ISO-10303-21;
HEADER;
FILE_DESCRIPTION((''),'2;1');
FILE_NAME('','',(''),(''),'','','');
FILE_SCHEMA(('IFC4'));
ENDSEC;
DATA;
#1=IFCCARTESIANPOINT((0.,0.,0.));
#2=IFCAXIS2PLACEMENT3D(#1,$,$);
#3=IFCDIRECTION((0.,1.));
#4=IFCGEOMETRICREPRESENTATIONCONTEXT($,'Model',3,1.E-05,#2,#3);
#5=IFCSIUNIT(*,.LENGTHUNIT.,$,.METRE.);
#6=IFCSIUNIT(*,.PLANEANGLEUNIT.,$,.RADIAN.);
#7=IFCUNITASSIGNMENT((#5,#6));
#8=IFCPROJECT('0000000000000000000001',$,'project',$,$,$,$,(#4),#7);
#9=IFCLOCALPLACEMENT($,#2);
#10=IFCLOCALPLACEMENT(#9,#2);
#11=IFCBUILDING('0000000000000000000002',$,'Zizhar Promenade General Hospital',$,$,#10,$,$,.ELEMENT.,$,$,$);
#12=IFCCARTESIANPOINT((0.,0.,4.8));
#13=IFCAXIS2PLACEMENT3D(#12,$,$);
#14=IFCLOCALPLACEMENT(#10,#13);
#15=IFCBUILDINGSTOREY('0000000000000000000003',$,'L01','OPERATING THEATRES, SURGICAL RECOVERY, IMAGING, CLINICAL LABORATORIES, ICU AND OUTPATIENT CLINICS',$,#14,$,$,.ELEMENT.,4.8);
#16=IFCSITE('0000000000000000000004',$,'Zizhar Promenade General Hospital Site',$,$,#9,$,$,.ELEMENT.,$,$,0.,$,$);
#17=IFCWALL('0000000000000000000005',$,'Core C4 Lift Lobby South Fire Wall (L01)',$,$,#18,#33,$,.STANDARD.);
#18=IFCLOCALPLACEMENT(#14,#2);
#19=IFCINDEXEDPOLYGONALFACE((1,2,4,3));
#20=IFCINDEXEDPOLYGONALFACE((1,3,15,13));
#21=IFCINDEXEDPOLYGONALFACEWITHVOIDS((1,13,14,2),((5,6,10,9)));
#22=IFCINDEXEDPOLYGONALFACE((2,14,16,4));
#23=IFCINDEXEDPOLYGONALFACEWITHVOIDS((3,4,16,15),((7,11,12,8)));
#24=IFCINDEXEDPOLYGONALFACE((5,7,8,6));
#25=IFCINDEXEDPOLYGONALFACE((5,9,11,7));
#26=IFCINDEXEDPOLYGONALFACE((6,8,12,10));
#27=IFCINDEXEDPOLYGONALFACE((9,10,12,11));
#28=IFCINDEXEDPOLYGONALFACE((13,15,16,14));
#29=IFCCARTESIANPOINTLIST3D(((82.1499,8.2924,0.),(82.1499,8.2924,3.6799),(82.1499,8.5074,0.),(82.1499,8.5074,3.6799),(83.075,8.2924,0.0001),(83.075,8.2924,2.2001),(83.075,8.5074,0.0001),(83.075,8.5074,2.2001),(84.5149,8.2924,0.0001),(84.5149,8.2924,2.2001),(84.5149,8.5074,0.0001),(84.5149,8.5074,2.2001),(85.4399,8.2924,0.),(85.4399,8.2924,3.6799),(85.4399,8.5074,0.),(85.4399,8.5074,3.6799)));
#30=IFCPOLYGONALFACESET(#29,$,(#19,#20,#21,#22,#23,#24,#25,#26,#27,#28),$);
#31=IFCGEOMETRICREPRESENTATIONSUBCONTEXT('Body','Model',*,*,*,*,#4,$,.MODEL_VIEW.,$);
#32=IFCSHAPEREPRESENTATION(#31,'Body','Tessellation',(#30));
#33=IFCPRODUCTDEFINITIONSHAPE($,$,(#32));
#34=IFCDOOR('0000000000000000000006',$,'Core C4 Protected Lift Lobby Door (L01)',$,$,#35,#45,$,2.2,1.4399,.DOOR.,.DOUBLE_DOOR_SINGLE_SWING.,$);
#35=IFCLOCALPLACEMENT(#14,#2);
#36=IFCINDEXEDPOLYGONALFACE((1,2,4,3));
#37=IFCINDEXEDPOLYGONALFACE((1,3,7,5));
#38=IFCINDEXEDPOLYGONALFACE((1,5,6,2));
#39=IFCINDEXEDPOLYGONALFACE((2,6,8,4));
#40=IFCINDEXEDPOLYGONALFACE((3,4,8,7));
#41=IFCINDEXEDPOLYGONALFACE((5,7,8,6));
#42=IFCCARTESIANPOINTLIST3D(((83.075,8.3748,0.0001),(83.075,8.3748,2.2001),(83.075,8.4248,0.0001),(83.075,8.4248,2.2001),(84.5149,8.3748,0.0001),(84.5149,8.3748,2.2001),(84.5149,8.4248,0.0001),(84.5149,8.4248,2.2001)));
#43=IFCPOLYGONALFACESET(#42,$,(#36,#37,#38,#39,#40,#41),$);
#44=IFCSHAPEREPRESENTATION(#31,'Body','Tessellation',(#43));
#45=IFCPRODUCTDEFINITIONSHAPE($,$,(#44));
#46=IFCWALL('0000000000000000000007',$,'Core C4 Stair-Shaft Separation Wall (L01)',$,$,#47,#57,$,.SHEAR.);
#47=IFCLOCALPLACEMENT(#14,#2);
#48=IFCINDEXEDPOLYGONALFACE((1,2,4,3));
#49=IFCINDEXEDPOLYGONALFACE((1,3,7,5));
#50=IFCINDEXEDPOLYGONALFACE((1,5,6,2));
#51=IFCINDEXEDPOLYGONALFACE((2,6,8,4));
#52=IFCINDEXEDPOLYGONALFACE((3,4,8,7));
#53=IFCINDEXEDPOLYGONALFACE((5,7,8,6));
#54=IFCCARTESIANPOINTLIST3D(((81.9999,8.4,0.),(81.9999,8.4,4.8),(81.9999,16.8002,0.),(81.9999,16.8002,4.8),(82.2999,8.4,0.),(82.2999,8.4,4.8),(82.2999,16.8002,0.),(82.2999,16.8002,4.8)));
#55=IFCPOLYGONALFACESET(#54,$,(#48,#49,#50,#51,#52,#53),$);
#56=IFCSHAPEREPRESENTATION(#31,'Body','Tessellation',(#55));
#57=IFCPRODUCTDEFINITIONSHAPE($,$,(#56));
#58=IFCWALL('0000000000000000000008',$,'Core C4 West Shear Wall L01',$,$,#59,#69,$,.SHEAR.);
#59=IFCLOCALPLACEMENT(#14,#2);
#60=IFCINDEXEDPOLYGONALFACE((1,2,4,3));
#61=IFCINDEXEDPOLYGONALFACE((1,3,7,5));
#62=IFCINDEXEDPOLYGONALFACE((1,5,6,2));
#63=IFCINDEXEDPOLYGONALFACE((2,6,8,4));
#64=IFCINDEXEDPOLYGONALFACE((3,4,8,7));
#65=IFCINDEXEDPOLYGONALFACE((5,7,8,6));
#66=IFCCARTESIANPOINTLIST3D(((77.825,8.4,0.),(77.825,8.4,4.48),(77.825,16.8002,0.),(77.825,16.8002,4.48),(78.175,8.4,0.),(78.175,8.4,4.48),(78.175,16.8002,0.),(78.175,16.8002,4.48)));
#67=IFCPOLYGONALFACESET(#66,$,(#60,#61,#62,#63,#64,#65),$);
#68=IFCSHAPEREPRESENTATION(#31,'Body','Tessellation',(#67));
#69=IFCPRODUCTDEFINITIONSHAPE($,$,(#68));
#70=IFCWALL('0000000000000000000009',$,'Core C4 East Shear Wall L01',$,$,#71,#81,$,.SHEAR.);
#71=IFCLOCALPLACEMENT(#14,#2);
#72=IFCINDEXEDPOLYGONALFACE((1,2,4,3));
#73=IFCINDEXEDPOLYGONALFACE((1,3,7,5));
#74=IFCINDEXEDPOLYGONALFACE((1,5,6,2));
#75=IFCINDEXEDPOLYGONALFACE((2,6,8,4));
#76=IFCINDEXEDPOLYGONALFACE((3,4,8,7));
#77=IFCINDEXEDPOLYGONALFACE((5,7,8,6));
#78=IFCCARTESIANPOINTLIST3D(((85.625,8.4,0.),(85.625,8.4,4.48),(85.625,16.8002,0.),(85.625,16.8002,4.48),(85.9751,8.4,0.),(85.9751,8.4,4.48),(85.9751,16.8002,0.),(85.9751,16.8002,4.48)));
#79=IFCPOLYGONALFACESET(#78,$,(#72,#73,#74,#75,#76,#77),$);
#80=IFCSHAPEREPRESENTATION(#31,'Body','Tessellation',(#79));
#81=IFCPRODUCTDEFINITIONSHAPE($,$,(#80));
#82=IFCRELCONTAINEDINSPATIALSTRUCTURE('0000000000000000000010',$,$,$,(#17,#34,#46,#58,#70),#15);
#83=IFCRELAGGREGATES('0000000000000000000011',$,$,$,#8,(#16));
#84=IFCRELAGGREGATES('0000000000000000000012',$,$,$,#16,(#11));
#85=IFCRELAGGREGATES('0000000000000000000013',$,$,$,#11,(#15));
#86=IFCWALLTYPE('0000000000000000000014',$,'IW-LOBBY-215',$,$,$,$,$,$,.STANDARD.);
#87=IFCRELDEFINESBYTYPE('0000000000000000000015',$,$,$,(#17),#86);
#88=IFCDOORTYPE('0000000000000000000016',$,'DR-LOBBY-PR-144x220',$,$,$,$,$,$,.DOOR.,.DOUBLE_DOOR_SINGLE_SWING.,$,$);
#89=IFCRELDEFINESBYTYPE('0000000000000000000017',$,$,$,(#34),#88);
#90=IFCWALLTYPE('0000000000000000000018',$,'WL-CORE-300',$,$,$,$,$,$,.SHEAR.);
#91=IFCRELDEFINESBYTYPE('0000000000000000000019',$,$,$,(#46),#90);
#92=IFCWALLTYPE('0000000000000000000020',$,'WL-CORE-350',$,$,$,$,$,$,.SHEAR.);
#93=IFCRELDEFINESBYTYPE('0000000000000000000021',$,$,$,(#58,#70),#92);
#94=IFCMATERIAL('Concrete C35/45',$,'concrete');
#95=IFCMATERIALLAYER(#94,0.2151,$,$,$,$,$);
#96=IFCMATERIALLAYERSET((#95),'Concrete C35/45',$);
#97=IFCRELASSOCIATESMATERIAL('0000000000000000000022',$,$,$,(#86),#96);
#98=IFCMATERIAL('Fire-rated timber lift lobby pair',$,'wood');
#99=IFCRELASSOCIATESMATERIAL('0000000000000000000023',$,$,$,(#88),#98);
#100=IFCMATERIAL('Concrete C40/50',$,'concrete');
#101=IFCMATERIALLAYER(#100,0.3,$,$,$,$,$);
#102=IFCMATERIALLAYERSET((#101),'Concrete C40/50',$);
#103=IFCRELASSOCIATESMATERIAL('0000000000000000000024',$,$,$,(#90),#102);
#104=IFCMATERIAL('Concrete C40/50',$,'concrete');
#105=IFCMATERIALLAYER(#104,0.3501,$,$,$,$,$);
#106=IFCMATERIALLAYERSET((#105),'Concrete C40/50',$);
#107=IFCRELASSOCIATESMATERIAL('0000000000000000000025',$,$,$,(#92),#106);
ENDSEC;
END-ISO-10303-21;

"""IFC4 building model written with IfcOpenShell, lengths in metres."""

from ifc_helpers import new_model, si_unit, direction, frame, frame_2d, origin, place, context, subcontext, project, spatial, rectangle, extrude, material, layer, layer_set, type_object, element, fill, save


model = new_model("IFC4")

# Units and contexts
model_context = context("Model", 3, precision=1e-05, world=origin(), true_north=direction((0.0, 1.0)))
body_context = subcontext(model_context, "Body", "Model", "MODEL_VIEW")
ifc_project = project(units=[si_unit("LENGTHUNIT", "METRE"), si_unit("PLANEANGLEUNIT", "RADIAN")], contexts=[model_context])

# Site, building, storey
site_placement = place(None, origin())
site = spatial("IfcSite", under=ifc_project, at=site_placement, Name="Zizhar Promenade General Hospital Site", CompositionType="ELEMENT", RefElevation=0.0)
building_placement = place(site_placement, origin())
building = spatial("IfcBuilding", under=site, at=building_placement, Name="Zizhar Promenade General Hospital", CompositionType="ELEMENT")
storey_placement = place(building_placement, frame((0.0, 0.0, 4.8)))
storey = spatial("IfcBuildingStorey", under=building, at=storey_placement, Name="L01", Description="OPERATING THEATRES, SURGICAL RECOVERY, IMAGING, CLINICAL LABORATORIES, ICU AND OUTPATIENT CLINICS", CompositionType="ELEMENT", Elevation=4.8)

# Wall, opening, door
ifc_material_1 = material(Name="Concrete C35/45", Category="concrete")
ifc_layer_1 = layer(ifc_material_1, 0.2151)
ifc_layer_set_1 = layer_set([ifc_layer_1], Name="Concrete C35/45")
wall_type_1 = type_object("IfcWallType", Name="IW-LOBBY-215", PredefinedType="STANDARD", material=ifc_layer_set_1)
wall_1_placement = place(storey_placement, frame((82.1499, 8.3999, 0.0), z_axis=(0.0, 0.0, 1.0), x_axis=(1.0, 0.0, 0.0)))
wall_1 = element("IfcWall", 1, at=wall_1_placement, inside=storey, type_object=wall_type_1, Name="Core C4 Lift Lobby South Fire Wall (L01)", PredefinedType="STANDARD", context=body_context, shape_type="SweptSolid", body=[
    extrude(rectangle(XDim=3.29, YDim=0.2151, at=frame_2d((1.645, 0.0))), origin(), (0.0, 0.0, 1.0), 3.6799),
])
opening_1_placement = place(wall_1_placement, frame((0.925, 0.0, 0.0)))
opening_1 = element("IfcOpeningElement", 2, at=opening_1_placement, cuts=wall_1, PredefinedType="OPENING", context=body_context, shape_type="SweptSolid", body=[
    extrude(rectangle(XDim=1.4399, YDim=2.2, at=frame_2d((0.72, 1.1001))), frame((0.0, 0.1177, 0.0), z_axis=(0.0, -1.0, 0.0), x_axis=(1.0, 0.0, 0.0)), (0.0, 0.0, 1.0), 0.2351),
])
ifc_material_2 = material(Name="Fire-rated timber lift lobby pair", Category="wood")
door_type_1 = type_object("IfcDoorType", Name="DR-LOBBY-PR-144x220", OperationType="DOUBLE_DOOR_SINGLE_SWING", PredefinedType="DOOR", material=ifc_material_2)
door_1_placement = place(opening_1_placement, origin())
door_1 = element("IfcDoor", 3, at=door_1_placement, inside=storey, type_object=door_type_1, Name="Core C4 Protected Lift Lobby Door (L01)", OperationType="DOUBLE_DOOR_SINGLE_SWING", OverallHeight=2.2, OverallWidth=1.4399, PredefinedType="DOOR", context=body_context, shape_type="SweptSolid", body=[
    extrude(rectangle(XDim=1.4399, YDim=2.2, at=frame_2d((0.72, 1.1001))), frame((0.0, 0.0249, 0.0), z_axis=(0.0, -1.0, 0.0), x_axis=(1.0, 0.0, 0.0)), (0.0, 0.0, 1.0), 0.05),
])
fill(opening_1, door_1)
ifc_material_3 = material(Name="Concrete C40/50", Category="concrete")
ifc_layer_2 = layer(ifc_material_3, 0.3)
ifc_layer_set_2 = layer_set([ifc_layer_2], Name="Concrete C40/50")
wall_type_2 = type_object("IfcWallType", Name="WL-CORE-300", PredefinedType="SHEAR", material=ifc_layer_set_2)

# Walls
wall_2_placement = place(storey_placement, frame((82.1499, 8.3999, 0.0), z_axis=(0.0, 0.0, 1.0), x_axis=(0.0, 1.0, 0.0)))
element("IfcWall", 4, at=wall_2_placement, inside=storey, type_object=wall_type_2, Name="Core C4 Stair-Shaft Separation Wall (L01)", PredefinedType="SHEAR", context=body_context, shape_type="SweptSolid", body=[
    extrude(rectangle(XDim=8.4001, YDim=0.3, at=frame_2d((4.2002, 0.0))), origin(), (0.0, 0.0, 1.0), 4.8),
])
ifc_material_4 = material(Name="Concrete C40/50", Category="concrete")
ifc_layer_3 = layer(ifc_material_4, 0.3501)
ifc_layer_set_3 = layer_set([ifc_layer_3], Name="Concrete C40/50")
wall_type_3 = type_object("IfcWallType", Name="WL-CORE-350", PredefinedType="SHEAR", material=ifc_layer_set_3)
for number, where, z_axis, x_axis, name in (
    (5, (78.0, 8.3999, 0.0), (0.0, 0.0, 1.0), (0.0, 1.0, 0.0), "Core C4 West Shear Wall L01"),
    (6, (85.8, 8.3999, 0.0), (0.0, 0.0, 1.0), (0.0, 1.0, 0.0), "Core C4 East Shear Wall L01"),
):
    element("IfcWall", number, at=place(storey_placement, frame(where, z_axis=z_axis, x_axis=x_axis)), inside=storey, type_object=wall_type_3, Name=name, PredefinedType="SHEAR", context=body_context, shape_type="SweptSolid", body=[
        extrude(rectangle(XDim=8.4001, YDim=0.3501, at=frame_2d((4.2002, 0.0))), origin(), (0.0, 0.0, 1.0), 4.48),
    ])

save(model, "model.ifc")
